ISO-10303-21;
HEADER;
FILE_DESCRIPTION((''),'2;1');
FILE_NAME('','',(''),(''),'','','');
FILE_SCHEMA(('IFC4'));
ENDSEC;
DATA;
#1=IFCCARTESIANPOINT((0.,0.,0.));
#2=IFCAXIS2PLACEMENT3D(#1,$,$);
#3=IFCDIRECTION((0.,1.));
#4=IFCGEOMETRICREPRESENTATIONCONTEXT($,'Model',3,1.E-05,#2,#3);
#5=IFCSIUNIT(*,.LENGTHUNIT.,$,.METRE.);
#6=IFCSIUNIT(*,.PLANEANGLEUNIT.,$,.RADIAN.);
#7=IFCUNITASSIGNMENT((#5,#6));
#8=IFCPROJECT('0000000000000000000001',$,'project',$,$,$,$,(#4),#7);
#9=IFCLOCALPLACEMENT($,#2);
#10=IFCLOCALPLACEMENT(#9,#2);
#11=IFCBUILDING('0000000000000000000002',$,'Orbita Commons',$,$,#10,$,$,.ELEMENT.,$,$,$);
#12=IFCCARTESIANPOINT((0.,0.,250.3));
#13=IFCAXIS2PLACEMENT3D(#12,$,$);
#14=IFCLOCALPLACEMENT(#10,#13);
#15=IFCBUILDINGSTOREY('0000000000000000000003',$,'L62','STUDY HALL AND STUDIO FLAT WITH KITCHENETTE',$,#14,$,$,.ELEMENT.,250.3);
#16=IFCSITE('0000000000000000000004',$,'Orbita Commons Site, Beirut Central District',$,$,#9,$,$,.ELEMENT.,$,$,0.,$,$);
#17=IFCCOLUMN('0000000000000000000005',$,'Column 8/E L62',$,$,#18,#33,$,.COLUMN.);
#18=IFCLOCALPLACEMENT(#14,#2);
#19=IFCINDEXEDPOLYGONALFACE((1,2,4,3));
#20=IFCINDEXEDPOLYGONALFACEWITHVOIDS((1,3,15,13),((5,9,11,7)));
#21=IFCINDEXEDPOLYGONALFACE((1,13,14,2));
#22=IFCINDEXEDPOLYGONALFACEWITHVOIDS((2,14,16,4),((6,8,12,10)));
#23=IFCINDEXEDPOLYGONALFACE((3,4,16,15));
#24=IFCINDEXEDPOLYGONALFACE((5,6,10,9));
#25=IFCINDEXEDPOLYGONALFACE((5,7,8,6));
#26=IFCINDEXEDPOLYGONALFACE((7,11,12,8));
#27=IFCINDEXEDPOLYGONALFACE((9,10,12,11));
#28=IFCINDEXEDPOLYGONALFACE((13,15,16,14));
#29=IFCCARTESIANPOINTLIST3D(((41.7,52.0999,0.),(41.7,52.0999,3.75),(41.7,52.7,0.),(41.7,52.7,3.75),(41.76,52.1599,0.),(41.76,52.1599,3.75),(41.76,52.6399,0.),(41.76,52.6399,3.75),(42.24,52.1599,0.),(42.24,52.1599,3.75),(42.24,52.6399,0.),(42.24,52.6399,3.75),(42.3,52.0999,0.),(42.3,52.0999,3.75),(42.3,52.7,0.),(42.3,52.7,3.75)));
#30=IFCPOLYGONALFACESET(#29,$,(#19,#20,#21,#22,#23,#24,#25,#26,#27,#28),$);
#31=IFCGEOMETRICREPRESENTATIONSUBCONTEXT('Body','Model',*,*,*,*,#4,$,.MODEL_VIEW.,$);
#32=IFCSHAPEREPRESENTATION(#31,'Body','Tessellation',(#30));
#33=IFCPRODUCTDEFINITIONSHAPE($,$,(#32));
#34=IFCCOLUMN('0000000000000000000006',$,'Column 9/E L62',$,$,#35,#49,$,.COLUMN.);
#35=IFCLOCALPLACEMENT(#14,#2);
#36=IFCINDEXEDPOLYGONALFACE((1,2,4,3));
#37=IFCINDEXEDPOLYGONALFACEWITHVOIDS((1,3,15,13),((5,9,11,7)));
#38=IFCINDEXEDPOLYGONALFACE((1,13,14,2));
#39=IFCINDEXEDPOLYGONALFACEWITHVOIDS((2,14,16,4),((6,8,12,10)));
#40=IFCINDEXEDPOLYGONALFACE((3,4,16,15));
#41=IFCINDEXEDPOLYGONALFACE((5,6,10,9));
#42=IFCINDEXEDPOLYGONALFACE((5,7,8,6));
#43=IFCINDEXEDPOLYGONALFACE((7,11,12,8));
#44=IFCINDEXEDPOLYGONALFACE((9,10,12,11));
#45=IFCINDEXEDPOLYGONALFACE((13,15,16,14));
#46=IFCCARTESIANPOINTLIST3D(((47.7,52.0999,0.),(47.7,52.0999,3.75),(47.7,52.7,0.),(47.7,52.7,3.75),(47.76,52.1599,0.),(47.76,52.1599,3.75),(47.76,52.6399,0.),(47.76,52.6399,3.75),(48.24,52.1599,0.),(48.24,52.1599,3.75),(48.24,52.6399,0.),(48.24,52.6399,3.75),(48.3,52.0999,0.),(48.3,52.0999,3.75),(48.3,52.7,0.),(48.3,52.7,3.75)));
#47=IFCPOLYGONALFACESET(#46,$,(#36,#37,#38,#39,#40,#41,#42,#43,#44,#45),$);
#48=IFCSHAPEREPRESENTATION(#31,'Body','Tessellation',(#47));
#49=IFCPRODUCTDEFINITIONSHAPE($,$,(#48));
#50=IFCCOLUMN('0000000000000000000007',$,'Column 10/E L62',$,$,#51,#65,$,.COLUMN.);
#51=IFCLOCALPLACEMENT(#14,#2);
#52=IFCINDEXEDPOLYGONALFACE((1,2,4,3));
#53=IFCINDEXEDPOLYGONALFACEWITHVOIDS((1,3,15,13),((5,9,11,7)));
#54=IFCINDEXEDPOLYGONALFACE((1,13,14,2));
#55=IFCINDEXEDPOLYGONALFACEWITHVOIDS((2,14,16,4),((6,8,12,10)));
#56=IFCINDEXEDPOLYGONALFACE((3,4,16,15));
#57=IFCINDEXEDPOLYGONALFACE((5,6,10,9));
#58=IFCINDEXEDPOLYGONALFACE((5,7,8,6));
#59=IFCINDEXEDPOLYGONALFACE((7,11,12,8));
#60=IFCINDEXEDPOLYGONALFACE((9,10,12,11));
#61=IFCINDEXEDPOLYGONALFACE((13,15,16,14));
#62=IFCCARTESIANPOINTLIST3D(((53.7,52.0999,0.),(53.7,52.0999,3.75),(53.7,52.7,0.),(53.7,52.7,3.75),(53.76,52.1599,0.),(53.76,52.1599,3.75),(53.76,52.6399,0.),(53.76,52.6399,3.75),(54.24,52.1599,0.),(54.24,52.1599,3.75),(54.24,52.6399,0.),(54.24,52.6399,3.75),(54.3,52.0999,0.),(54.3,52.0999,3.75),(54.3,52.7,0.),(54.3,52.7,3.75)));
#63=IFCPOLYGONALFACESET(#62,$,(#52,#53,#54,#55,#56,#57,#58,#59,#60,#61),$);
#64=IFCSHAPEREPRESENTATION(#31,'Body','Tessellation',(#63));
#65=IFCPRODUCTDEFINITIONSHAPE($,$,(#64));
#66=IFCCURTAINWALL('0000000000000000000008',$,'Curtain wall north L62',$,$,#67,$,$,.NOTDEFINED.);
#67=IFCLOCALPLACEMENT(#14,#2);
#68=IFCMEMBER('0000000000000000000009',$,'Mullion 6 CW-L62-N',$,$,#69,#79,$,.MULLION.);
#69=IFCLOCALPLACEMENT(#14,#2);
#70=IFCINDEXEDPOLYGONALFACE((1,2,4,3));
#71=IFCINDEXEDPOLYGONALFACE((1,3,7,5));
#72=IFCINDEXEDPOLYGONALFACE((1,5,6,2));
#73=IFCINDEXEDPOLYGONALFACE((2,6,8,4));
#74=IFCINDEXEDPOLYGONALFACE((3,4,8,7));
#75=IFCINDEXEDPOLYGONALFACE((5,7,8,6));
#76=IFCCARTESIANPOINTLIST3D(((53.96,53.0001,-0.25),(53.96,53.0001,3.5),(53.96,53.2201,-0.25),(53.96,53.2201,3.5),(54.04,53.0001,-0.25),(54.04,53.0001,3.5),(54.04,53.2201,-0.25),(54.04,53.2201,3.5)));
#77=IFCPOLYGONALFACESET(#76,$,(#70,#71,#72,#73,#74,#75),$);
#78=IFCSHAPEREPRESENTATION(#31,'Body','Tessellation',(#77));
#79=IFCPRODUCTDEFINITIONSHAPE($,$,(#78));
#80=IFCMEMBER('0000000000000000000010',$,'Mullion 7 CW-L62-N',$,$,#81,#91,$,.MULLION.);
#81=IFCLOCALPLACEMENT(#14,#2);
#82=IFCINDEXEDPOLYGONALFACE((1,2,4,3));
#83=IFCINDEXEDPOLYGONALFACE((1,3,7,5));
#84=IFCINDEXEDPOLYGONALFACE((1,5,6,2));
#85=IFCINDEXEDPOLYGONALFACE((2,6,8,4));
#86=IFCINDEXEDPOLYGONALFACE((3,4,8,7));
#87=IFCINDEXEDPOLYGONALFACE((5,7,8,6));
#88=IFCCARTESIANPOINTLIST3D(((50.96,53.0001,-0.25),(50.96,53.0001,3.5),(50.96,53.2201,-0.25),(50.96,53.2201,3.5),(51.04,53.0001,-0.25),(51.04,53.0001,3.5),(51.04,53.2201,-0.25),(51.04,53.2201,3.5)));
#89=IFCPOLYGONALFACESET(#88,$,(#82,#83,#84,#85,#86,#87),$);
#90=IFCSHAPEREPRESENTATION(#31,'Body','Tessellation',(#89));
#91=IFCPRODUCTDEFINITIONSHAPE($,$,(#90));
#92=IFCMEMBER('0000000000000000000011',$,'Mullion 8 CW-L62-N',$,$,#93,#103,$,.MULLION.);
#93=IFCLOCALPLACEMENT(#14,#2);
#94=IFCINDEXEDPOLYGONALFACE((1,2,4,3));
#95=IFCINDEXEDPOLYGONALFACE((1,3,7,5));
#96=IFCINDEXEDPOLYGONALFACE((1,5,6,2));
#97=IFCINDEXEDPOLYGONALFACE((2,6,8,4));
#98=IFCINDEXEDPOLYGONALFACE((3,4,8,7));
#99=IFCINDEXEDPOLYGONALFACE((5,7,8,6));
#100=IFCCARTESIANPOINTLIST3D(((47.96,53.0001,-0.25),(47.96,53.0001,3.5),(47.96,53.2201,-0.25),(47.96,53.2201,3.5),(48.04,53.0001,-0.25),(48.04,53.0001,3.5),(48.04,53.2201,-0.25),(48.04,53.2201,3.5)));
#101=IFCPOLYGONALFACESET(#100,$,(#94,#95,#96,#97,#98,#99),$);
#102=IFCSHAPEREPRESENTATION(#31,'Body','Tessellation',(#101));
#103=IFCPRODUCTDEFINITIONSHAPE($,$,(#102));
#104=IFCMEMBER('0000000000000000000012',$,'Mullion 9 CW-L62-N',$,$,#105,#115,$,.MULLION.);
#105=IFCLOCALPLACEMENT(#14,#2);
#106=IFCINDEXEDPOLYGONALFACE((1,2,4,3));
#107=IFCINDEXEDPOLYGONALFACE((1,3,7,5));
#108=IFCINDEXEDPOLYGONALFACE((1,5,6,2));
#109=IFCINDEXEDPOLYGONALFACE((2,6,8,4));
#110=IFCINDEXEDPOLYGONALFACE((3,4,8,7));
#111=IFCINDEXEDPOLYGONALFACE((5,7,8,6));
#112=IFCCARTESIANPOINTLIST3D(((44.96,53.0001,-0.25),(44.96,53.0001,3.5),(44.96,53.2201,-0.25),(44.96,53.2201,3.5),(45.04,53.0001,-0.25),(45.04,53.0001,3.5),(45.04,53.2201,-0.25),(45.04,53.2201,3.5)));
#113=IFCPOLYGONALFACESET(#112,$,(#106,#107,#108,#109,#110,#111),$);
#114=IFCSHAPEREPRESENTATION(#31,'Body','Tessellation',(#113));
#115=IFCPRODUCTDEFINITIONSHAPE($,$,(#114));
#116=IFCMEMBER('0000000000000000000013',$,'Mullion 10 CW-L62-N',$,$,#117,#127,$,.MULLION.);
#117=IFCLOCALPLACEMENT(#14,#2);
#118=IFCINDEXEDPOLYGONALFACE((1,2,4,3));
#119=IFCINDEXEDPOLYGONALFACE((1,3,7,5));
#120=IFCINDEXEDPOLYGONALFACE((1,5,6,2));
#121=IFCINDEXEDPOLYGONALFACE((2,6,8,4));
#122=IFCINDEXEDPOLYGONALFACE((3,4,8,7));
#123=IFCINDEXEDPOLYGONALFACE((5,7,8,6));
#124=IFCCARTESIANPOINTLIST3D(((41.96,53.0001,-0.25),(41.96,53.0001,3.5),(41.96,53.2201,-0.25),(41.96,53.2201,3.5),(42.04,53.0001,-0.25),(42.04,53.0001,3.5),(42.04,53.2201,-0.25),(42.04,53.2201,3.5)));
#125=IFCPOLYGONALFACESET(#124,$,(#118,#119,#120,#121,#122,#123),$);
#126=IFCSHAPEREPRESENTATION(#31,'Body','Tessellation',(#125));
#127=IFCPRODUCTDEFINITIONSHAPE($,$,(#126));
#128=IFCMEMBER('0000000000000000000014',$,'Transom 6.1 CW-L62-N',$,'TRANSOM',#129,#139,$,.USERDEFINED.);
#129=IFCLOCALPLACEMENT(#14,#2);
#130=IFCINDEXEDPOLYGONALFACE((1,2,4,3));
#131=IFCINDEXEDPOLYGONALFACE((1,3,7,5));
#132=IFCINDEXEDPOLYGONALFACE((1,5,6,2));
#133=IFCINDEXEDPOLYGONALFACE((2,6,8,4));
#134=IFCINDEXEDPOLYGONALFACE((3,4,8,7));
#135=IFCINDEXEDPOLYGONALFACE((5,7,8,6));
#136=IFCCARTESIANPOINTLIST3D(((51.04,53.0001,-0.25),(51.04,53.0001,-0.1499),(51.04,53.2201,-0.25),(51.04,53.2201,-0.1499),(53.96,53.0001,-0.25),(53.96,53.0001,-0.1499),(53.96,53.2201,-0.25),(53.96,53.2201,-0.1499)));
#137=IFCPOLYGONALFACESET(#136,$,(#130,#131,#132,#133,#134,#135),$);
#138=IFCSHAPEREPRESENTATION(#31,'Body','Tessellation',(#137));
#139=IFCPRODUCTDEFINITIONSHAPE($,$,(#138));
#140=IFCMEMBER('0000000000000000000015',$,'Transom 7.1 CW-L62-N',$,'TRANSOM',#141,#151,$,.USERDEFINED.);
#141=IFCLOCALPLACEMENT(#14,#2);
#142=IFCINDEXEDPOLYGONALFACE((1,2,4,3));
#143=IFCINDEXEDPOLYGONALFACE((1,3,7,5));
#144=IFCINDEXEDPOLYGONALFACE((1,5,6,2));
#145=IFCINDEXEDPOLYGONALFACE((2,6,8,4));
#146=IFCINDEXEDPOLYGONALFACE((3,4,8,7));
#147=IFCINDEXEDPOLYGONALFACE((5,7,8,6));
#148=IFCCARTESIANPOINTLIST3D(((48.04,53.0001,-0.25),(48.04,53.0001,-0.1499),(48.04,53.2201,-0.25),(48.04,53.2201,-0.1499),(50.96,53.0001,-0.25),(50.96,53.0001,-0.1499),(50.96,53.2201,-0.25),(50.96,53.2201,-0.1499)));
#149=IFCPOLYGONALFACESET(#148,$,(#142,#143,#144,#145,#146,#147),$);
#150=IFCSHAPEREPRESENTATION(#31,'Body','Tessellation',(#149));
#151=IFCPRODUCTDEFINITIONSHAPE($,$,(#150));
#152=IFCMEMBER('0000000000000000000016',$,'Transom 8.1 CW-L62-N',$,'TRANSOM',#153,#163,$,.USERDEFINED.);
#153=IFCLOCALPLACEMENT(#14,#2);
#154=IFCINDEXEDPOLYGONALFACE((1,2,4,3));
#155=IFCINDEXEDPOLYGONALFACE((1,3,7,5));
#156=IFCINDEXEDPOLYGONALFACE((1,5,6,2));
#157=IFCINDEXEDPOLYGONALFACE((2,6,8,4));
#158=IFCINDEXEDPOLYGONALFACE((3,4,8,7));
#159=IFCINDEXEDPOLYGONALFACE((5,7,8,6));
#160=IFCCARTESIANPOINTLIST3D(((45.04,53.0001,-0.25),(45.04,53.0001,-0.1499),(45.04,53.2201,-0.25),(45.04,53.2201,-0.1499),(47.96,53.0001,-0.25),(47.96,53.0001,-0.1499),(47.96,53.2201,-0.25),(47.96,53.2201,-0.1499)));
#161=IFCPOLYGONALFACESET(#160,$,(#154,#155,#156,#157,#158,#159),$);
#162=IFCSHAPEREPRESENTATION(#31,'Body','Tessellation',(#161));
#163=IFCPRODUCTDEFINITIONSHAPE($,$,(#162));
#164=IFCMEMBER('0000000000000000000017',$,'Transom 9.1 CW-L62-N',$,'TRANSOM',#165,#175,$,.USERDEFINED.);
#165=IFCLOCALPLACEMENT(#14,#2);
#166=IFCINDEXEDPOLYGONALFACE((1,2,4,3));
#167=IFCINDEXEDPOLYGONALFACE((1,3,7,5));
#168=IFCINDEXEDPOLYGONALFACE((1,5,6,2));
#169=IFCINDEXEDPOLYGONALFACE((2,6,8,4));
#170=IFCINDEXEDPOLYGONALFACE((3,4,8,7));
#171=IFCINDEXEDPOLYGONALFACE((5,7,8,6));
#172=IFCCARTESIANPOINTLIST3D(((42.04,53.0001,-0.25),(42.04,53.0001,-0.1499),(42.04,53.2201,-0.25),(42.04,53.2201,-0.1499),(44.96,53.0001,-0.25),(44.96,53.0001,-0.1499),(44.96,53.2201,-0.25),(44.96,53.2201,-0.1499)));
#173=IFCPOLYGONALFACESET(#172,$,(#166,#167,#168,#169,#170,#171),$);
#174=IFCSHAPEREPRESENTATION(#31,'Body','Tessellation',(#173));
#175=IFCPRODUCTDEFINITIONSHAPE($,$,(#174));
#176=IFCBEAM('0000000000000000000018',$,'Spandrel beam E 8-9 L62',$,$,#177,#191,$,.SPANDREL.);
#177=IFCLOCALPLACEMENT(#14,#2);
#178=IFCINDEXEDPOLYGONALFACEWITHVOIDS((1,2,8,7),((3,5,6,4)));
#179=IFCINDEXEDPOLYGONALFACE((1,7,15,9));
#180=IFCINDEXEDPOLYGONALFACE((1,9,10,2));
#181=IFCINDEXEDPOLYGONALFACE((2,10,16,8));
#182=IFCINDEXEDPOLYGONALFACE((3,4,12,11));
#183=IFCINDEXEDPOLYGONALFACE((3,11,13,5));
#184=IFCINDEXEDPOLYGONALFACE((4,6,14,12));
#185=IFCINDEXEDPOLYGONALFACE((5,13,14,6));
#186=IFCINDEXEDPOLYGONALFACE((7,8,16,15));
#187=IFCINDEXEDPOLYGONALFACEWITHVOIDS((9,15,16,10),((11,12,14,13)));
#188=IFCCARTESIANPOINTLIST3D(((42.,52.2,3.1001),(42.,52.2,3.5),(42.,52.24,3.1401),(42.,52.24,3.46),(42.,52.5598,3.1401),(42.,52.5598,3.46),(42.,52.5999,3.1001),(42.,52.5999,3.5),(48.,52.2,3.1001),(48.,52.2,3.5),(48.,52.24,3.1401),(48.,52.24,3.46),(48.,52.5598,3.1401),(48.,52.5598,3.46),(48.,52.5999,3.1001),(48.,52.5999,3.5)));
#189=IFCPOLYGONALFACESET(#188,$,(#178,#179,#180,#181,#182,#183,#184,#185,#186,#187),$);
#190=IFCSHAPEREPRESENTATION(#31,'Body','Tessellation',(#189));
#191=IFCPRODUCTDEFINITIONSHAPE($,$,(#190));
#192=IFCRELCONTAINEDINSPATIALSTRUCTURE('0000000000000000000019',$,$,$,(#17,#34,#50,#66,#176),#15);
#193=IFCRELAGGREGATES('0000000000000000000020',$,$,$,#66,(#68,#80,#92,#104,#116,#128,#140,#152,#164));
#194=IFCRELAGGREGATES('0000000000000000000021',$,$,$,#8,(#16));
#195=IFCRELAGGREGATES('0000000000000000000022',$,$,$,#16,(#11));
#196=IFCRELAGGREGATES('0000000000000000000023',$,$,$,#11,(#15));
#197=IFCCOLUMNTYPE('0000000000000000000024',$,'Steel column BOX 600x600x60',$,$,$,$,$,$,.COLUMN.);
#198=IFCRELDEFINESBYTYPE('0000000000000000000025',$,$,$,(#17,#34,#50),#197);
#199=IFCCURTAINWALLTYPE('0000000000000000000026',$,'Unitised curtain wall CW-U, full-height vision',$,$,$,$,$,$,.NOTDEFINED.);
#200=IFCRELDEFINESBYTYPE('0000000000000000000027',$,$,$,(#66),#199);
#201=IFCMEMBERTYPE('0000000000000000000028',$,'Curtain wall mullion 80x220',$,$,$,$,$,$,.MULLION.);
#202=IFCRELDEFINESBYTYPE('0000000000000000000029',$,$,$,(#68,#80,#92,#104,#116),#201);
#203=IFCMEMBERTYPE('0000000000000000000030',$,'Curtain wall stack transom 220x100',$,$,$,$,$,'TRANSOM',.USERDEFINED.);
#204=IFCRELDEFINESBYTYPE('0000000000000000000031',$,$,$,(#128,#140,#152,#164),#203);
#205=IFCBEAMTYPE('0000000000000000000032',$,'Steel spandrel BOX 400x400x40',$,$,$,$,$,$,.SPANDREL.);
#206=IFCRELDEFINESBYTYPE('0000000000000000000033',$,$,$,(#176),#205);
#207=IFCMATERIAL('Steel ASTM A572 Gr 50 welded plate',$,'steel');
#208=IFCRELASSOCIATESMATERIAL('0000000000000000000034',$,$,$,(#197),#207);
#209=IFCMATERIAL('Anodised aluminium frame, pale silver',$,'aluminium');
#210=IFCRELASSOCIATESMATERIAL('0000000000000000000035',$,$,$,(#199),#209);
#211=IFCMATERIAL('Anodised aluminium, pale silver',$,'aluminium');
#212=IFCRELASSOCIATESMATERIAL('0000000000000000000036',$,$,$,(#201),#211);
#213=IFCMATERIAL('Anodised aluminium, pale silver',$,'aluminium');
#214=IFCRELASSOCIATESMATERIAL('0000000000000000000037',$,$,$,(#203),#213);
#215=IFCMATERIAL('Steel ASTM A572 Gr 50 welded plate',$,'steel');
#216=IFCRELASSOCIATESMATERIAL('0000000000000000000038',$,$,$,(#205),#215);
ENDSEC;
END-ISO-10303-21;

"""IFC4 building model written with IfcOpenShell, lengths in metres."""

from ifc_helpers import new_model, si_unit, direction, frame, origin, origin_2d, place, context, subcontext, project, spatial, rectangle, hollow_rectangle, extrude, material, material_profile, profile_set, type_object, element, aggregate, save


model = new_model("IFC4")

# Units and contexts
model_context = context("Model", 3, precision=1e-05, world=origin(), true_north=direction((0.0, 1.0)))
body_context = subcontext(model_context, "Body", "Model", "MODEL_VIEW")
ifc_project = project(units=[si_unit("LENGTHUNIT", "METRE"), si_unit("PLANEANGLEUNIT", "RADIAN")], contexts=[model_context])

# Site, building, storey
site_placement = place(None, origin())
site = spatial("IfcSite", under=ifc_project, at=site_placement, Name="Orbita Commons Site, Beirut Central District", CompositionType="ELEMENT", RefElevation=0.0)
building_placement = place(site_placement, origin())
building = spatial("IfcBuilding", under=site, at=building_placement, Name="Orbita Commons", CompositionType="ELEMENT")
storey_placement = place(building_placement, frame((0.0, 0.0, 250.3)))
storey = spatial("IfcBuildingStorey", under=building, at=storey_placement, Name="L62", Description="STUDY HALL AND STUDIO FLAT WITH KITCHENETTE", CompositionType="ELEMENT", Elevation=250.3)

# Columns
ifc_material_1 = material(Name="Steel ASTM A572 Gr 50 welded plate", Category="steel")
ifc_material_profile_1 = material_profile(ifc_material_1, hollow_rectangle(XDim=0.6001, YDim=0.6001, WallThickness=0.0601, at=origin_2d()), Name="BOX 600x600x60")
ifc_profile_set_1 = profile_set([ifc_material_profile_1], Name="Steel ASTM A572 Gr 50 welded plate")
column_type = type_object("IfcColumnType", Name="Steel column BOX 600x600x60", PredefinedType="COLUMN", material=ifc_profile_set_1)
for number, where, z_axis, x_axis, name in (
    (1, (42.0, 52.3999, 0.0), (0.0, 0.0, 1.0), (1.0, 0.0, 0.0), "Column 8/E L62"),
    (2, (48.0, 52.3999, 0.0), (0.0, 0.0, 1.0), (1.0, 0.0, 0.0), "Column 9/E L62"),
    (3, (54.0, 52.3999, 0.0), (0.0, 0.0, 1.0), (1.0, 0.0, 0.0), "Column 10/E L62"),
):
    element("IfcColumn", number, at=place(storey_placement, frame(where, z_axis=z_axis, x_axis=x_axis)), inside=storey, type_object=column_type, Name=name, PredefinedType="COLUMN", context=body_context, shape_type="SweptSolid", body=[
        extrude(hollow_rectangle(XDim=0.6001, YDim=0.6001, WallThickness=0.0601, at=origin_2d()), origin(), (0.0, 0.0, 1.0), 3.75),
    ])

# Curtain wall, members
ifc_material_2 = material(Name="Anodised aluminium frame, pale silver", Category="aluminium")
curtain_wall_type = type_object("IfcCurtainWallType", Name="Unitised curtain wall CW-U, full-height vision", PredefinedType="NOTDEFINED", material=ifc_material_2)
curtain_wall_placement = place(storey_placement, origin())
curtain_wall = element("IfcCurtainWall", 4, at=curtain_wall_placement, inside=storey, type_object=curtain_wall_type, Name="Curtain wall north L62", PredefinedType="NOTDEFINED")
ifc_material_3 = material(Name="Anodised aluminium, pale silver", Category="aluminium")
ifc_material_profile_2 = material_profile(ifc_material_3, rectangle(XDim=0.0801, YDim=0.22, at=origin_2d()), Name="AL 80x220")
ifc_profile_set_2 = profile_set([ifc_material_profile_2], Name="Anodised aluminium, pale silver")
member_type_1 = type_object("IfcMemberType", Name="Curtain wall mullion 80x220", PredefinedType="MULLION", material=ifc_profile_set_2)
member_1_placement = place(storey_placement, frame((54.0, 53.1101, -0.25), z_axis=(0.0, 0.0, 1.0), x_axis=(-1.0, 0.0, 0.0)))
member_1 = element("IfcMember", 5, at=member_1_placement, type_object=member_type_1, Name="Mullion 6 CW-L62-N", PredefinedType="MULLION", context=body_context, shape_type="SweptSolid", body=[
    extrude(rectangle(XDim=0.0801, YDim=0.22, at=origin_2d()), origin(), (0.0, 0.0, 1.0), 3.75),
])
member_2_placement = place(storey_placement, frame((51.0, 53.1101, -0.25), z_axis=(0.0, 0.0, 1.0), x_axis=(-1.0, 0.0, 0.0)))
member_2 = element("IfcMember", 6, at=member_2_placement, type_object=member_type_1, Name="Mullion 7 CW-L62-N", PredefinedType="MULLION", context=body_context, shape_type="SweptSolid", body=[
    extrude(rectangle(XDim=0.0801, YDim=0.22, at=origin_2d()), origin(), (0.0, 0.0, 1.0), 3.75),
])
member_3_placement = place(storey_placement, frame((48.0, 53.1101, -0.25), z_axis=(0.0, 0.0, 1.0), x_axis=(-1.0, 0.0, 0.0)))
member_3 = element("IfcMember", 7, at=member_3_placement, type_object=member_type_1, Name="Mullion 8 CW-L62-N", PredefinedType="MULLION", context=body_context, shape_type="SweptSolid", body=[
    extrude(rectangle(XDim=0.0801, YDim=0.22, at=origin_2d()), origin(), (0.0, 0.0, 1.0), 3.75),
])
member_4_placement = place(storey_placement, frame((45.0, 53.1101, -0.25), z_axis=(0.0, 0.0, 1.0), x_axis=(-1.0, 0.0, 0.0)))
member_4 = element("IfcMember", 8, at=member_4_placement, type_object=member_type_1, Name="Mullion 9 CW-L62-N", PredefinedType="MULLION", context=body_context, shape_type="SweptSolid", body=[
    extrude(rectangle(XDim=0.0801, YDim=0.22, at=origin_2d()), origin(), (0.0, 0.0, 1.0), 3.75),
])
member_5_placement = place(storey_placement, frame((42.0, 53.1101, -0.25), z_axis=(0.0, 0.0, 1.0), x_axis=(-1.0, 0.0, 0.0)))
member_5 = element("IfcMember", 9, at=member_5_placement, type_object=member_type_1, Name="Mullion 10 CW-L62-N", PredefinedType="MULLION", context=body_context, shape_type="SweptSolid", body=[
    extrude(rectangle(XDim=0.0801, YDim=0.22, at=origin_2d()), origin(), (0.0, 0.0, 1.0), 3.75),
])
ifc_material_4 = material(Name="Anodised aluminium, pale silver", Category="aluminium")
ifc_material_profile_3 = material_profile(ifc_material_4, rectangle(XDim=0.22, YDim=0.1001, at=origin_2d()), Name="AL 220x100")
ifc_profile_set_3 = profile_set([ifc_material_profile_3], Name="Anodised aluminium, pale silver")
member_type_2 = type_object("IfcMemberType", Name="Curtain wall stack transom 220x100", ElementType="TRANSOM", PredefinedType="USERDEFINED", material=ifc_profile_set_3)
member_6_placement = place(storey_placement, frame((53.96, 53.1101, -0.2), z_axis=(-1.0, 0.0, 0.0), x_axis=(0.0, -1.0, 0.0)))
member_6 = element("IfcMember", 10, at=member_6_placement, type_object=member_type_2, Name="Transom 6.1 CW-L62-N", ObjectType="TRANSOM", PredefinedType="USERDEFINED", context=body_context, shape_type="SweptSolid", body=[
    extrude(rectangle(XDim=0.22, YDim=0.1001, at=origin_2d()), origin(), (0.0, 0.0, 1.0), 2.9199),
])
member_7_placement = place(storey_placement, frame((50.96, 53.1101, -0.2), z_axis=(-1.0, 0.0, 0.0), x_axis=(0.0, -1.0, 0.0)))
member_7 = element("IfcMember", 11, at=member_7_placement, type_object=member_type_2, Name="Transom 7.1 CW-L62-N", ObjectType="TRANSOM", PredefinedType="USERDEFINED", context=body_context, shape_type="SweptSolid", body=[
    extrude(rectangle(XDim=0.22, YDim=0.1001, at=origin_2d()), origin(), (0.0, 0.0, 1.0), 2.9199),
])
member_8_placement = place(storey_placement, frame((47.96, 53.1101, -0.2), z_axis=(-1.0, 0.0, 0.0), x_axis=(0.0, -1.0, 0.0)))
member_8 = element("IfcMember", 12, at=member_8_placement, type_object=member_type_2, Name="Transom 8.1 CW-L62-N", ObjectType="TRANSOM", PredefinedType="USERDEFINED", context=body_context, shape_type="SweptSolid", body=[
    extrude(rectangle(XDim=0.22, YDim=0.1001, at=origin_2d()), origin(), (0.0, 0.0, 1.0), 2.9199),
])
member_9_placement = place(storey_placement, frame((44.96, 53.1101, -0.2), z_axis=(-1.0, 0.0, 0.0), x_axis=(0.0, -1.0, 0.0)))
member_9 = element("IfcMember", 13, at=member_9_placement, type_object=member_type_2, Name="Transom 9.1 CW-L62-N", ObjectType="TRANSOM", PredefinedType="USERDEFINED", context=body_context, shape_type="SweptSolid", body=[
    extrude(rectangle(XDim=0.22, YDim=0.1001, at=origin_2d()), origin(), (0.0, 0.0, 1.0), 2.9199),
])

# Beam
ifc_material_5 = material(Name="Steel ASTM A572 Gr 50 welded plate", Category="steel")
ifc_material_profile_4 = material_profile(ifc_material_5, hollow_rectangle(XDim=0.3999, YDim=0.3999, WallThickness=0.04, at=origin_2d()), Name="BOX 400x400x40")
ifc_profile_set_4 = profile_set([ifc_material_profile_4], Name="Steel ASTM A572 Gr 50 welded plate")
beam_type = type_object("IfcBeamType", Name="Steel spandrel BOX 400x400x40", PredefinedType="SPANDREL", material=ifc_profile_set_4)
for number, where, z_axis, x_axis, name in (
    (14, (42.0, 52.3999, 3.3), (1.0, 0.0, 0.0), (0.0, 1.0, 0.0), "Spandrel beam E 8-9 L62"),
):
    element("IfcBeam", number, at=place(storey_placement, frame(where, z_axis=z_axis, x_axis=x_axis)), inside=storey, type_object=beam_type, Name=name, PredefinedType="SPANDREL", context=body_context, shape_type="SweptSolid", body=[
        extrude(hollow_rectangle(XDim=0.3999, YDim=0.3999, WallThickness=0.04, at=origin_2d()), origin(), (0.0, 0.0, 1.0), 6.0),
    ])

aggregate(curtain_wall, [member_1, member_2, member_3, member_4, member_5, member_6, member_7, member_8, member_9])

save(model, "model.ifc")
